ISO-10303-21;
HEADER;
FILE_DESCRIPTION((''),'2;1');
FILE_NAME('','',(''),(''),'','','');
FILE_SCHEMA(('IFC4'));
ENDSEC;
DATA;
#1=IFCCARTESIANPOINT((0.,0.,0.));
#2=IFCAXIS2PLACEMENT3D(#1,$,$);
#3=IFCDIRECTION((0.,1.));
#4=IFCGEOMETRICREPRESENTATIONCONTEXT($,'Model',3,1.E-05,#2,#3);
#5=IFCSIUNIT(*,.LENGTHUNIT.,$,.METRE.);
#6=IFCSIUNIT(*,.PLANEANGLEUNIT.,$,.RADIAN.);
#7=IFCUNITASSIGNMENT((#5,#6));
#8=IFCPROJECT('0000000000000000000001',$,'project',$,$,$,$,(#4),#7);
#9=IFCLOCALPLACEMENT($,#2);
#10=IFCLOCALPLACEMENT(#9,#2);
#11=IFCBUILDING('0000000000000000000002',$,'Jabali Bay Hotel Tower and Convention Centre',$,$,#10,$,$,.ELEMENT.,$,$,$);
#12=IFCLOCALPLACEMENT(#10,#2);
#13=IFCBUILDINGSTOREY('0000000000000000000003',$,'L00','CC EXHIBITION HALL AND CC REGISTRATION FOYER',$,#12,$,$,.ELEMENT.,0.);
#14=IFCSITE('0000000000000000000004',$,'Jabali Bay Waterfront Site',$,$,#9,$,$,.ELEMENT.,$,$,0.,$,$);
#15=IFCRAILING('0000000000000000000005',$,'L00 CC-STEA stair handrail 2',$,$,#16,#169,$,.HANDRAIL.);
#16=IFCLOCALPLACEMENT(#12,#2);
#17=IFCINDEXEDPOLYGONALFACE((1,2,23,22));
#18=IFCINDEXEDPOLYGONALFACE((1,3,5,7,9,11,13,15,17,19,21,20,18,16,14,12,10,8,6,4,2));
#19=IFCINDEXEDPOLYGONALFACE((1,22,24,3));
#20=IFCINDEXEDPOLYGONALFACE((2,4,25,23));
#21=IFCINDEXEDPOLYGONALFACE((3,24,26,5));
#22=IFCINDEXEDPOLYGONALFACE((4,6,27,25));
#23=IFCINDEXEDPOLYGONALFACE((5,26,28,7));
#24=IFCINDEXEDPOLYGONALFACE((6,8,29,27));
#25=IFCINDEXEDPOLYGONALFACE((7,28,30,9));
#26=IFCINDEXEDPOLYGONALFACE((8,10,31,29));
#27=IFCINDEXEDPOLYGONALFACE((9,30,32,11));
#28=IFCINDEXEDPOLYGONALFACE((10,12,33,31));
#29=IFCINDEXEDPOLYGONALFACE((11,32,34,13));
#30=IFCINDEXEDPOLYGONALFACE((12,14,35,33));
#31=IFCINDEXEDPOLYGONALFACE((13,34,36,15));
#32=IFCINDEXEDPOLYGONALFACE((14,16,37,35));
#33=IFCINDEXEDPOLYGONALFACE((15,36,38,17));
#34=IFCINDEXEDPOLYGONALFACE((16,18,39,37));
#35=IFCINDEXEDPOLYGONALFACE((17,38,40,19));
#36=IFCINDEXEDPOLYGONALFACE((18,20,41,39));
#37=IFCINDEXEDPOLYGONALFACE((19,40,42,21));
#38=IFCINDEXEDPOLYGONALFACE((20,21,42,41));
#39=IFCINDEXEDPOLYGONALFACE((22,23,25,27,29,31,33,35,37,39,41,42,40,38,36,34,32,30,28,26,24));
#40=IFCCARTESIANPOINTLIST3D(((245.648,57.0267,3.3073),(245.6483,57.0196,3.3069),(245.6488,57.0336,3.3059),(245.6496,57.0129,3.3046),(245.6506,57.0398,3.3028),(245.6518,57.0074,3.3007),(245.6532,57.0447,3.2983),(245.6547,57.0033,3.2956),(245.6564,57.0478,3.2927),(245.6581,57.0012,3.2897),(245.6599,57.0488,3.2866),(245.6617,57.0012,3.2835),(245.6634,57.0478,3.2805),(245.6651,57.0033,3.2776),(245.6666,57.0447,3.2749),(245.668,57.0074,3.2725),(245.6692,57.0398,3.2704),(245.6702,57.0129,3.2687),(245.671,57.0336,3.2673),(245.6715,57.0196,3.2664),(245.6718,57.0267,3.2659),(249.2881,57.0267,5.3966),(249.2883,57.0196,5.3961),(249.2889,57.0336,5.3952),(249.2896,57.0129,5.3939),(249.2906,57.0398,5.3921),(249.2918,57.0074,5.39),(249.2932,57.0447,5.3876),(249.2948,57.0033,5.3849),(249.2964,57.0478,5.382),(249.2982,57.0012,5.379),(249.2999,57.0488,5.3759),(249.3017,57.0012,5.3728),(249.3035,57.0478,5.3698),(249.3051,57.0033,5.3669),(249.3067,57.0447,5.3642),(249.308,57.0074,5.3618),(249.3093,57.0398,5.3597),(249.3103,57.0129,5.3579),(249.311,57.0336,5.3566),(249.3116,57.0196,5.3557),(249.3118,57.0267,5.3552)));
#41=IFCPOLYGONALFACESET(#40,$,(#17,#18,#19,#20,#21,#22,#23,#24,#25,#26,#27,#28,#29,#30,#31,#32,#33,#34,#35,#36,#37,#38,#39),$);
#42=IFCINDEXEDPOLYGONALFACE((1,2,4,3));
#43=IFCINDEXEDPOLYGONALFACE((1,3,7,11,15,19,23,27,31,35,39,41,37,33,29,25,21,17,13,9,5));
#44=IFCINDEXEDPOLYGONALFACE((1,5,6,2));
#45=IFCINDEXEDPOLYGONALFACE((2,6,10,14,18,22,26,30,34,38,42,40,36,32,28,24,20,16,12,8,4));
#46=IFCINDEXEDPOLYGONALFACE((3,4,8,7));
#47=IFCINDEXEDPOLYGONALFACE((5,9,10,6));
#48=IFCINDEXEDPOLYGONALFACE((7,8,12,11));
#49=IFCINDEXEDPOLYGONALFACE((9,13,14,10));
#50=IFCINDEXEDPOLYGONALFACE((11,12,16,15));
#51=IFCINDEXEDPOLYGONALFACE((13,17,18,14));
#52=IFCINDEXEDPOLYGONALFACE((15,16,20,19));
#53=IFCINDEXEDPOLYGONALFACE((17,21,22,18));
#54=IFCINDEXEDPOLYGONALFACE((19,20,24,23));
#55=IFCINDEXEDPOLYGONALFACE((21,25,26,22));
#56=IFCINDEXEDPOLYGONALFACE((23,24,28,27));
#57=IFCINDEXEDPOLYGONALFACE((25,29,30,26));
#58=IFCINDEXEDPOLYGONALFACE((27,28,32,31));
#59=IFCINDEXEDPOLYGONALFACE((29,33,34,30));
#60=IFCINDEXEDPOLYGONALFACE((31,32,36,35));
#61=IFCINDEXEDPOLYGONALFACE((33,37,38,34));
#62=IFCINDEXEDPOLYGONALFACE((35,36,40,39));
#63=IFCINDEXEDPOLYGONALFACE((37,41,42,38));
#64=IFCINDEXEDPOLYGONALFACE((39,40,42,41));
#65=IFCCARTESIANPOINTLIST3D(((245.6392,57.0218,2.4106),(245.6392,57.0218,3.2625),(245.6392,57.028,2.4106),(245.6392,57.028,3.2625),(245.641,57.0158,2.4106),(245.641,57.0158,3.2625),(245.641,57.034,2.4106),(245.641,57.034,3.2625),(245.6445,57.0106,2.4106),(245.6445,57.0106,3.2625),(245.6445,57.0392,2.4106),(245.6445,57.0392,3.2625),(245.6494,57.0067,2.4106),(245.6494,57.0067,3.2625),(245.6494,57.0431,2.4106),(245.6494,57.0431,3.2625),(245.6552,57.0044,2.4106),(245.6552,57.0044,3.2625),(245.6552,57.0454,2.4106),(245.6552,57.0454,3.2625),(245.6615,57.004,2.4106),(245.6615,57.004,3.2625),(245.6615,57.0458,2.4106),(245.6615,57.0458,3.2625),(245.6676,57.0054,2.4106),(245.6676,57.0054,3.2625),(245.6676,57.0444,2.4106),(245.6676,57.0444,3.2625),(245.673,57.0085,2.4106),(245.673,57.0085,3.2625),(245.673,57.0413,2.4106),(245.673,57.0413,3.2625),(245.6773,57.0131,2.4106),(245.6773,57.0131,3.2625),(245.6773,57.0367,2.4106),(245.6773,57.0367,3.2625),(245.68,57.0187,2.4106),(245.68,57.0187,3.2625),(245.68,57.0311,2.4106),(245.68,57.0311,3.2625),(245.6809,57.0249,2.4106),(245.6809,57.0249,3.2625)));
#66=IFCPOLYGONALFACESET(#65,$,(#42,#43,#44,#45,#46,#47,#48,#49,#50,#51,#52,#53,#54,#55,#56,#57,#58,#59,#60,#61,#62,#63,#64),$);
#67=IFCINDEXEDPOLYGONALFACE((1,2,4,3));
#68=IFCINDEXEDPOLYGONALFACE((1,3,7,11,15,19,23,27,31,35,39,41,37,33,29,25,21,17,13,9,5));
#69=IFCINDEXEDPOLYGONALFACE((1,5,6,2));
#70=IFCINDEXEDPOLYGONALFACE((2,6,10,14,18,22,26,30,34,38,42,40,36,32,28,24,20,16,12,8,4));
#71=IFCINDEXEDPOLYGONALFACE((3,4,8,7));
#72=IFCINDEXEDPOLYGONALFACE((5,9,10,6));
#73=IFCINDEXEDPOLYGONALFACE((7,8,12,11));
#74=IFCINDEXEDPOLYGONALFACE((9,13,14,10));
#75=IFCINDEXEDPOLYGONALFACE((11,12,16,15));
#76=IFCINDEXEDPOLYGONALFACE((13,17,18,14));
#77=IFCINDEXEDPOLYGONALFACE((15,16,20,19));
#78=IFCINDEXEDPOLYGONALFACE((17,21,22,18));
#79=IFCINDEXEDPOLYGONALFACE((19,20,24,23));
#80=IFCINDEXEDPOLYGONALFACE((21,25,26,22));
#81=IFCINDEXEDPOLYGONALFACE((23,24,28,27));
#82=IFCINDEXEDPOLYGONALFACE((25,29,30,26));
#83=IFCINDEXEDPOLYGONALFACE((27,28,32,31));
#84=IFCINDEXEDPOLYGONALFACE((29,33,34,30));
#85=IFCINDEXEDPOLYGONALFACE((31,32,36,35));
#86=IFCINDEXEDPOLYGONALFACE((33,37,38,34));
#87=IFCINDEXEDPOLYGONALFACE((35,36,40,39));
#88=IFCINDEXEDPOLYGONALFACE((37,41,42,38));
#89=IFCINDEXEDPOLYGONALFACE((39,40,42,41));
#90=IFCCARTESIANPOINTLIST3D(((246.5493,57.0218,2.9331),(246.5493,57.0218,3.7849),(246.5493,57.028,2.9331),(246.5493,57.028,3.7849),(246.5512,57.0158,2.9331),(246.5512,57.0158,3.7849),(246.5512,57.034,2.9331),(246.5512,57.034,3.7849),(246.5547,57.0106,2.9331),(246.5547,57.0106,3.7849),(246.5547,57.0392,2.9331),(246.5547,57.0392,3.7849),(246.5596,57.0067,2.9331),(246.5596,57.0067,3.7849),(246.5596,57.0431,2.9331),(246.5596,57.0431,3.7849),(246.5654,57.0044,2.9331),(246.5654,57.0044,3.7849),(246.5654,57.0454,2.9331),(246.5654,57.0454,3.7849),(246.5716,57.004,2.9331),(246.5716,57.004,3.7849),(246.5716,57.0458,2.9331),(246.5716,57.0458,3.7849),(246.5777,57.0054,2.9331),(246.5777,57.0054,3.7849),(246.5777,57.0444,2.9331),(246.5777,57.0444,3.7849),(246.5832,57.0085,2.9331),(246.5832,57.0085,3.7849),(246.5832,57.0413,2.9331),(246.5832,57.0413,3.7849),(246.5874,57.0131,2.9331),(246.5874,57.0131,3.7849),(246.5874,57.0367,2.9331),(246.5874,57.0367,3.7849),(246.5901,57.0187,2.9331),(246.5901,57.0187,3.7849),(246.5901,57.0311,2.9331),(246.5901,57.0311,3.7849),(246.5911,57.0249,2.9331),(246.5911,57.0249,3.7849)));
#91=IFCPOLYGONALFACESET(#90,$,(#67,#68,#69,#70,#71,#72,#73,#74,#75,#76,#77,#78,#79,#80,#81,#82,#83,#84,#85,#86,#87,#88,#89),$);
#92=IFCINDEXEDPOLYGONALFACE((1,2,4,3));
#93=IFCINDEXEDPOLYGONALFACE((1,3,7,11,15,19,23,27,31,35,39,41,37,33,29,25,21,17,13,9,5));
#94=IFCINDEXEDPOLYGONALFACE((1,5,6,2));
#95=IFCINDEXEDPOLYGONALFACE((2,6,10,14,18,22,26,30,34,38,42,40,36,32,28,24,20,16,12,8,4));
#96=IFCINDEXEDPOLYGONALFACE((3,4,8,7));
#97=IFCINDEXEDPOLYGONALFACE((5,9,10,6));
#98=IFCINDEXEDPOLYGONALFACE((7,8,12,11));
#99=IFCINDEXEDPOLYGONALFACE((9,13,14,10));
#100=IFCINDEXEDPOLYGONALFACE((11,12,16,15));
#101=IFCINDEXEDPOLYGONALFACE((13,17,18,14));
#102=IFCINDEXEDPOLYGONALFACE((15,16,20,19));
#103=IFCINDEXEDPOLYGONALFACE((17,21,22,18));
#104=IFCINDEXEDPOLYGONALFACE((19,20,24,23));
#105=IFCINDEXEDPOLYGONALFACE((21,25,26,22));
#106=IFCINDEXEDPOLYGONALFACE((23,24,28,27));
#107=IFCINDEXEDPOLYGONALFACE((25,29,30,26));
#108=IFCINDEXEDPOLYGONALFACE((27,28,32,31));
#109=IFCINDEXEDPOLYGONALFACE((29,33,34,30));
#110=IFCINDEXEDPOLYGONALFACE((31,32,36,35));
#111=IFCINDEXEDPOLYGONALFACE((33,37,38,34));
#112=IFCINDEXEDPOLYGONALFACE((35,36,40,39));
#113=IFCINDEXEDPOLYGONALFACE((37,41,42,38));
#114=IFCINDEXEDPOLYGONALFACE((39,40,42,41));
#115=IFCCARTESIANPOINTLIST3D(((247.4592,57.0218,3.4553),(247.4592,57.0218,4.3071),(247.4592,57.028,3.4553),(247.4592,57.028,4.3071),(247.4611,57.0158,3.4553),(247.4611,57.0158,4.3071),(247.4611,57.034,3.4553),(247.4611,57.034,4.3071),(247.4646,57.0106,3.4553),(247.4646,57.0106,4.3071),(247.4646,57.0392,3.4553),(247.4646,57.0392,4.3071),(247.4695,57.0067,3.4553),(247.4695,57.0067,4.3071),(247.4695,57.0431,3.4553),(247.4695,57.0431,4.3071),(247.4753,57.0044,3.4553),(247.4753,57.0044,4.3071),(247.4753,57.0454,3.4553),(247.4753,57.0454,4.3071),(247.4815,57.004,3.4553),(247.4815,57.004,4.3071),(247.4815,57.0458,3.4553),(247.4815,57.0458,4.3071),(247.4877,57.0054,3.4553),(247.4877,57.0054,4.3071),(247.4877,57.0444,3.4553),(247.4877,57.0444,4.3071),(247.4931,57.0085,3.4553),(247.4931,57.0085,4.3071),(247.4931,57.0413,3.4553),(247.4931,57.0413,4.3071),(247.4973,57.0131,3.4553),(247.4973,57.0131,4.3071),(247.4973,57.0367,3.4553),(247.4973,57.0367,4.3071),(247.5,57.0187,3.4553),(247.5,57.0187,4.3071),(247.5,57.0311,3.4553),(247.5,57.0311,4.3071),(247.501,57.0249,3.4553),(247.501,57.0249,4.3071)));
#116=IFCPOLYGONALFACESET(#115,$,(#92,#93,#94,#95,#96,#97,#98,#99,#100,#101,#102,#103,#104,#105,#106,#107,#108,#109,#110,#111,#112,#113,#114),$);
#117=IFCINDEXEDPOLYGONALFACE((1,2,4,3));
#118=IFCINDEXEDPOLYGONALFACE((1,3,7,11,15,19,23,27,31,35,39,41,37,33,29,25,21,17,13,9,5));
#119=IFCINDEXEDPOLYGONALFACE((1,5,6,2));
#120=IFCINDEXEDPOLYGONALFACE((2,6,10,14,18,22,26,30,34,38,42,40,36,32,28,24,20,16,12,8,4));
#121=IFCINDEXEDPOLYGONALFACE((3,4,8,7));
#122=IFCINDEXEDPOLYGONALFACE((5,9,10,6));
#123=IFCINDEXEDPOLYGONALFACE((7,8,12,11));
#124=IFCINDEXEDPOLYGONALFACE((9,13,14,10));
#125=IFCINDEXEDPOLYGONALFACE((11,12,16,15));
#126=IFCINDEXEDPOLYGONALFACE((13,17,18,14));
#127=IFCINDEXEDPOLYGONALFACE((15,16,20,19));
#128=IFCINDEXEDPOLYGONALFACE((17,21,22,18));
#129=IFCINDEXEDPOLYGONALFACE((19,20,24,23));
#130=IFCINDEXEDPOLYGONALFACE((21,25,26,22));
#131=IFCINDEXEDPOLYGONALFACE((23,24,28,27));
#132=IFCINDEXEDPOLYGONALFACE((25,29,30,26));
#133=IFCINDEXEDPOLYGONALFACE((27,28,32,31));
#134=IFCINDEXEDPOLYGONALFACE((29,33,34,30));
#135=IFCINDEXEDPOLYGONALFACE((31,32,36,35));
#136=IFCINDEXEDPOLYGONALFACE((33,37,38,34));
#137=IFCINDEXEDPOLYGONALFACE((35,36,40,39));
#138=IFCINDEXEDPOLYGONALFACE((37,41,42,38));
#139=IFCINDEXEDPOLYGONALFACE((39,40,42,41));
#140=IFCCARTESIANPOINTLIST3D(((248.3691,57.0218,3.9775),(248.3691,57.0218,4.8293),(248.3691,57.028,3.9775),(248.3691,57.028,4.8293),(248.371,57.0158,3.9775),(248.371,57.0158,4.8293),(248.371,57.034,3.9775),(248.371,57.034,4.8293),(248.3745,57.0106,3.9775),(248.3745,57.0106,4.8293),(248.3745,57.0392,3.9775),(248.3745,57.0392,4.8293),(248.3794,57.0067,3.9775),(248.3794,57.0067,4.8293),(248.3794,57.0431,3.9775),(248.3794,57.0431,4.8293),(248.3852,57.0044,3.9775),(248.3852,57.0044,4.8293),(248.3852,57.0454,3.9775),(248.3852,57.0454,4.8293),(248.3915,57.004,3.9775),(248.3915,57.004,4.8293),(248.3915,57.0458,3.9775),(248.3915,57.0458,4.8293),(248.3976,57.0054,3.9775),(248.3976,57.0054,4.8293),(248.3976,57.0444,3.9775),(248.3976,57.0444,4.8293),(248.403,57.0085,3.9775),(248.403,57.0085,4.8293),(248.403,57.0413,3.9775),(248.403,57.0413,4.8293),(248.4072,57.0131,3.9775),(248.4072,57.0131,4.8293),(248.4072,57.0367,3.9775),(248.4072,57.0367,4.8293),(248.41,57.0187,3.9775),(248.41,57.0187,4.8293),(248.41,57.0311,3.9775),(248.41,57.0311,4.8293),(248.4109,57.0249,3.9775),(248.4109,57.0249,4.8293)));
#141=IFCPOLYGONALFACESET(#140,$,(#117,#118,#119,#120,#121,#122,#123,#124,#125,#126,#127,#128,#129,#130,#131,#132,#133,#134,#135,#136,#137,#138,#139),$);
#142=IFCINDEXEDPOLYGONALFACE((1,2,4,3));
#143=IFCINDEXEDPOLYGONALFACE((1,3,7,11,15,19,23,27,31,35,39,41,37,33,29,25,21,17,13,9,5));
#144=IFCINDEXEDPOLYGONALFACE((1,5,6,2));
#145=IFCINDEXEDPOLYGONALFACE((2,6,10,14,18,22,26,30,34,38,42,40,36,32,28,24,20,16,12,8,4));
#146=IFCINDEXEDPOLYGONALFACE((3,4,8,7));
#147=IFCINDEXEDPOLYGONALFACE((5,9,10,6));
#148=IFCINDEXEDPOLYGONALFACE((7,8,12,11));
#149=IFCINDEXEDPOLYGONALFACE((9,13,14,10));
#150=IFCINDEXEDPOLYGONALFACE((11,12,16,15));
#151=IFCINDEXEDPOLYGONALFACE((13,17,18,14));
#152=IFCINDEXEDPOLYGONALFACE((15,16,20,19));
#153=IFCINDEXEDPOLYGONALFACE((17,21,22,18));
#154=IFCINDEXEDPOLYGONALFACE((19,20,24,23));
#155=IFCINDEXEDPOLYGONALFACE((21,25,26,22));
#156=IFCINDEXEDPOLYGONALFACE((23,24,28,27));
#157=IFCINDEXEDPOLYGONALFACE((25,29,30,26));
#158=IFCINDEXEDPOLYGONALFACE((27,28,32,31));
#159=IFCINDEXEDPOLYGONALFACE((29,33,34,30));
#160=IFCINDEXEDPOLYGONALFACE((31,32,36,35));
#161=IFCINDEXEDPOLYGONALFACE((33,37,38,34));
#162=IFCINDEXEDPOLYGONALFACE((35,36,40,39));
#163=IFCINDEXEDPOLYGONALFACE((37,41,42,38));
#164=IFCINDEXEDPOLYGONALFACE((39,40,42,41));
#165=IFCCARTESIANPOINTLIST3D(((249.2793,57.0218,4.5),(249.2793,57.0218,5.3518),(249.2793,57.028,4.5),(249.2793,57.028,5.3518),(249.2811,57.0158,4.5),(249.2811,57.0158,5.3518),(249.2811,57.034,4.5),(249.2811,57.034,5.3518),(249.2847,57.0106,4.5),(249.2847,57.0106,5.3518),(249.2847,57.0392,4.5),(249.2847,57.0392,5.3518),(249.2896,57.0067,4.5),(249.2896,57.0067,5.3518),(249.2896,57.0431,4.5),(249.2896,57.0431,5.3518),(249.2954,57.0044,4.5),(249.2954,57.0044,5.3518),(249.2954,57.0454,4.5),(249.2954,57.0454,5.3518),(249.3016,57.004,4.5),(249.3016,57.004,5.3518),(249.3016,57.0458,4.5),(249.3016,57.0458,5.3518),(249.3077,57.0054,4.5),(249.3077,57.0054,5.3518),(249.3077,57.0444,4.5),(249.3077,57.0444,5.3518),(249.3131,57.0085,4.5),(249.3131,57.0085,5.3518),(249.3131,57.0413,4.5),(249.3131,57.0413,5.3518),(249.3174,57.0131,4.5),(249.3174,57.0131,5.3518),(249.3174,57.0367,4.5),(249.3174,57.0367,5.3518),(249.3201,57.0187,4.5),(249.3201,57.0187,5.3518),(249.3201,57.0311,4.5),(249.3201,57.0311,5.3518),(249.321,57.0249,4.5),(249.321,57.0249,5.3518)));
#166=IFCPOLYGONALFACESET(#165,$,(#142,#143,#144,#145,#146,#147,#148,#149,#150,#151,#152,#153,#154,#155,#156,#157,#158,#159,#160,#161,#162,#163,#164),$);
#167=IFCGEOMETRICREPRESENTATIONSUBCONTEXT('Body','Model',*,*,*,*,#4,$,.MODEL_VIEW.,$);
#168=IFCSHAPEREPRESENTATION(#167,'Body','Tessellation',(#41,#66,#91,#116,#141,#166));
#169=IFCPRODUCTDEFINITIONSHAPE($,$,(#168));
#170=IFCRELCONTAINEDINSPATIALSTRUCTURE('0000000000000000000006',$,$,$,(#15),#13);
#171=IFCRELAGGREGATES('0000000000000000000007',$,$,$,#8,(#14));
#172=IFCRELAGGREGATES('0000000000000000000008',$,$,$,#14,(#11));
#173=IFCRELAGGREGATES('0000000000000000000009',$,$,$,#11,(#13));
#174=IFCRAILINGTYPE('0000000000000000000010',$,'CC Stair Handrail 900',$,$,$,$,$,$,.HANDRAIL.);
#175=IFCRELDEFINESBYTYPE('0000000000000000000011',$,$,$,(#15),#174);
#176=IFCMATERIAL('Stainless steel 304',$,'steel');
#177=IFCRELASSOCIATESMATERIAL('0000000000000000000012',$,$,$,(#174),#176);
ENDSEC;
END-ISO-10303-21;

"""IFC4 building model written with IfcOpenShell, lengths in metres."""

from ifc_helpers import new_model, si_unit, direction, frame, origin, origin_2d, place, context, subcontext, project, spatial, circle, extrude, material, type_object, element, save


model = new_model("IFC4")

# Units and contexts
model_context = context("Model", 3, precision=1e-05, world=origin(), true_north=direction((0.0, 1.0)))
body_context = subcontext(model_context, "Body", "Model", "MODEL_VIEW")
ifc_project = project(units=[si_unit("LENGTHUNIT", "METRE"), si_unit("PLANEANGLEUNIT", "RADIAN")], contexts=[model_context])

# Site, building, storey
site_placement = place(None, origin())
site = spatial("IfcSite", under=ifc_project, at=site_placement, Name="Jabali Bay Waterfront Site", CompositionType="ELEMENT", RefElevation=0.0)
building_placement = place(site_placement, origin())
building = spatial("IfcBuilding", under=site, at=building_placement, Name="Jabali Bay Hotel Tower and Convention Centre", CompositionType="ELEMENT")
storey_placement = place(building_placement, origin())
storey = spatial("IfcBuildingStorey", under=building, at=storey_placement, Name="L00", Description="CC EXHIBITION HALL AND CC REGISTRATION FOYER", CompositionType="ELEMENT", Elevation=0.0)

# Railing
ifc_material_1 = material(Name="Stainless steel 304", Category="steel")
railing_type_1 = type_object("IfcRailingType", Name="CC Stair Handrail 900", PredefinedType="HANDRAIL", material=ifc_material_1)
railing_1_placement = place(storey_placement, frame((245.6599, 57.0249, 2.4106)))
element("IfcRailing", 1, at=railing_1_placement, inside=storey, type_object=railing_type_1, Name="L00 CC-STEA stair handrail 2", PredefinedType="HANDRAIL", context=body_context, shape_type="SweptSolid", body=[
    extrude(circle(Radius=0.0239, at=origin_2d()), frame((0.0, 0.0, 0.876), z_axis=(0.867289, 0.0, 0.497804), x_axis=(0.0, 1.0, 0.0)), (0.0, 0.0, 1.0), 4.197),
    extrude(circle(Radius=0.021, at=origin_2d()), origin(), (0.0, 0.0, 1.0), 0.8518),
    extrude(circle(Radius=0.021, at=origin_2d()), frame((0.9102, 0.0, 0.5225)), (0.0, 0.0, 1.0), 0.8518),
    extrude(circle(Radius=0.021, at=origin_2d()), frame((1.8201, 0.0, 1.0447)), (0.0, 0.0, 1.0), 0.8518),
    extrude(circle(Radius=0.021, at=origin_2d()), frame((2.73, 0.0, 1.5669)), (0.0, 0.0, 1.0), 0.8518),
    extrude(circle(Radius=0.021, at=origin_2d()), frame((3.6401, 0.0, 2.0894)), (0.0, 0.0, 1.0), 0.8518),
])

save(model, "model.ifc")
